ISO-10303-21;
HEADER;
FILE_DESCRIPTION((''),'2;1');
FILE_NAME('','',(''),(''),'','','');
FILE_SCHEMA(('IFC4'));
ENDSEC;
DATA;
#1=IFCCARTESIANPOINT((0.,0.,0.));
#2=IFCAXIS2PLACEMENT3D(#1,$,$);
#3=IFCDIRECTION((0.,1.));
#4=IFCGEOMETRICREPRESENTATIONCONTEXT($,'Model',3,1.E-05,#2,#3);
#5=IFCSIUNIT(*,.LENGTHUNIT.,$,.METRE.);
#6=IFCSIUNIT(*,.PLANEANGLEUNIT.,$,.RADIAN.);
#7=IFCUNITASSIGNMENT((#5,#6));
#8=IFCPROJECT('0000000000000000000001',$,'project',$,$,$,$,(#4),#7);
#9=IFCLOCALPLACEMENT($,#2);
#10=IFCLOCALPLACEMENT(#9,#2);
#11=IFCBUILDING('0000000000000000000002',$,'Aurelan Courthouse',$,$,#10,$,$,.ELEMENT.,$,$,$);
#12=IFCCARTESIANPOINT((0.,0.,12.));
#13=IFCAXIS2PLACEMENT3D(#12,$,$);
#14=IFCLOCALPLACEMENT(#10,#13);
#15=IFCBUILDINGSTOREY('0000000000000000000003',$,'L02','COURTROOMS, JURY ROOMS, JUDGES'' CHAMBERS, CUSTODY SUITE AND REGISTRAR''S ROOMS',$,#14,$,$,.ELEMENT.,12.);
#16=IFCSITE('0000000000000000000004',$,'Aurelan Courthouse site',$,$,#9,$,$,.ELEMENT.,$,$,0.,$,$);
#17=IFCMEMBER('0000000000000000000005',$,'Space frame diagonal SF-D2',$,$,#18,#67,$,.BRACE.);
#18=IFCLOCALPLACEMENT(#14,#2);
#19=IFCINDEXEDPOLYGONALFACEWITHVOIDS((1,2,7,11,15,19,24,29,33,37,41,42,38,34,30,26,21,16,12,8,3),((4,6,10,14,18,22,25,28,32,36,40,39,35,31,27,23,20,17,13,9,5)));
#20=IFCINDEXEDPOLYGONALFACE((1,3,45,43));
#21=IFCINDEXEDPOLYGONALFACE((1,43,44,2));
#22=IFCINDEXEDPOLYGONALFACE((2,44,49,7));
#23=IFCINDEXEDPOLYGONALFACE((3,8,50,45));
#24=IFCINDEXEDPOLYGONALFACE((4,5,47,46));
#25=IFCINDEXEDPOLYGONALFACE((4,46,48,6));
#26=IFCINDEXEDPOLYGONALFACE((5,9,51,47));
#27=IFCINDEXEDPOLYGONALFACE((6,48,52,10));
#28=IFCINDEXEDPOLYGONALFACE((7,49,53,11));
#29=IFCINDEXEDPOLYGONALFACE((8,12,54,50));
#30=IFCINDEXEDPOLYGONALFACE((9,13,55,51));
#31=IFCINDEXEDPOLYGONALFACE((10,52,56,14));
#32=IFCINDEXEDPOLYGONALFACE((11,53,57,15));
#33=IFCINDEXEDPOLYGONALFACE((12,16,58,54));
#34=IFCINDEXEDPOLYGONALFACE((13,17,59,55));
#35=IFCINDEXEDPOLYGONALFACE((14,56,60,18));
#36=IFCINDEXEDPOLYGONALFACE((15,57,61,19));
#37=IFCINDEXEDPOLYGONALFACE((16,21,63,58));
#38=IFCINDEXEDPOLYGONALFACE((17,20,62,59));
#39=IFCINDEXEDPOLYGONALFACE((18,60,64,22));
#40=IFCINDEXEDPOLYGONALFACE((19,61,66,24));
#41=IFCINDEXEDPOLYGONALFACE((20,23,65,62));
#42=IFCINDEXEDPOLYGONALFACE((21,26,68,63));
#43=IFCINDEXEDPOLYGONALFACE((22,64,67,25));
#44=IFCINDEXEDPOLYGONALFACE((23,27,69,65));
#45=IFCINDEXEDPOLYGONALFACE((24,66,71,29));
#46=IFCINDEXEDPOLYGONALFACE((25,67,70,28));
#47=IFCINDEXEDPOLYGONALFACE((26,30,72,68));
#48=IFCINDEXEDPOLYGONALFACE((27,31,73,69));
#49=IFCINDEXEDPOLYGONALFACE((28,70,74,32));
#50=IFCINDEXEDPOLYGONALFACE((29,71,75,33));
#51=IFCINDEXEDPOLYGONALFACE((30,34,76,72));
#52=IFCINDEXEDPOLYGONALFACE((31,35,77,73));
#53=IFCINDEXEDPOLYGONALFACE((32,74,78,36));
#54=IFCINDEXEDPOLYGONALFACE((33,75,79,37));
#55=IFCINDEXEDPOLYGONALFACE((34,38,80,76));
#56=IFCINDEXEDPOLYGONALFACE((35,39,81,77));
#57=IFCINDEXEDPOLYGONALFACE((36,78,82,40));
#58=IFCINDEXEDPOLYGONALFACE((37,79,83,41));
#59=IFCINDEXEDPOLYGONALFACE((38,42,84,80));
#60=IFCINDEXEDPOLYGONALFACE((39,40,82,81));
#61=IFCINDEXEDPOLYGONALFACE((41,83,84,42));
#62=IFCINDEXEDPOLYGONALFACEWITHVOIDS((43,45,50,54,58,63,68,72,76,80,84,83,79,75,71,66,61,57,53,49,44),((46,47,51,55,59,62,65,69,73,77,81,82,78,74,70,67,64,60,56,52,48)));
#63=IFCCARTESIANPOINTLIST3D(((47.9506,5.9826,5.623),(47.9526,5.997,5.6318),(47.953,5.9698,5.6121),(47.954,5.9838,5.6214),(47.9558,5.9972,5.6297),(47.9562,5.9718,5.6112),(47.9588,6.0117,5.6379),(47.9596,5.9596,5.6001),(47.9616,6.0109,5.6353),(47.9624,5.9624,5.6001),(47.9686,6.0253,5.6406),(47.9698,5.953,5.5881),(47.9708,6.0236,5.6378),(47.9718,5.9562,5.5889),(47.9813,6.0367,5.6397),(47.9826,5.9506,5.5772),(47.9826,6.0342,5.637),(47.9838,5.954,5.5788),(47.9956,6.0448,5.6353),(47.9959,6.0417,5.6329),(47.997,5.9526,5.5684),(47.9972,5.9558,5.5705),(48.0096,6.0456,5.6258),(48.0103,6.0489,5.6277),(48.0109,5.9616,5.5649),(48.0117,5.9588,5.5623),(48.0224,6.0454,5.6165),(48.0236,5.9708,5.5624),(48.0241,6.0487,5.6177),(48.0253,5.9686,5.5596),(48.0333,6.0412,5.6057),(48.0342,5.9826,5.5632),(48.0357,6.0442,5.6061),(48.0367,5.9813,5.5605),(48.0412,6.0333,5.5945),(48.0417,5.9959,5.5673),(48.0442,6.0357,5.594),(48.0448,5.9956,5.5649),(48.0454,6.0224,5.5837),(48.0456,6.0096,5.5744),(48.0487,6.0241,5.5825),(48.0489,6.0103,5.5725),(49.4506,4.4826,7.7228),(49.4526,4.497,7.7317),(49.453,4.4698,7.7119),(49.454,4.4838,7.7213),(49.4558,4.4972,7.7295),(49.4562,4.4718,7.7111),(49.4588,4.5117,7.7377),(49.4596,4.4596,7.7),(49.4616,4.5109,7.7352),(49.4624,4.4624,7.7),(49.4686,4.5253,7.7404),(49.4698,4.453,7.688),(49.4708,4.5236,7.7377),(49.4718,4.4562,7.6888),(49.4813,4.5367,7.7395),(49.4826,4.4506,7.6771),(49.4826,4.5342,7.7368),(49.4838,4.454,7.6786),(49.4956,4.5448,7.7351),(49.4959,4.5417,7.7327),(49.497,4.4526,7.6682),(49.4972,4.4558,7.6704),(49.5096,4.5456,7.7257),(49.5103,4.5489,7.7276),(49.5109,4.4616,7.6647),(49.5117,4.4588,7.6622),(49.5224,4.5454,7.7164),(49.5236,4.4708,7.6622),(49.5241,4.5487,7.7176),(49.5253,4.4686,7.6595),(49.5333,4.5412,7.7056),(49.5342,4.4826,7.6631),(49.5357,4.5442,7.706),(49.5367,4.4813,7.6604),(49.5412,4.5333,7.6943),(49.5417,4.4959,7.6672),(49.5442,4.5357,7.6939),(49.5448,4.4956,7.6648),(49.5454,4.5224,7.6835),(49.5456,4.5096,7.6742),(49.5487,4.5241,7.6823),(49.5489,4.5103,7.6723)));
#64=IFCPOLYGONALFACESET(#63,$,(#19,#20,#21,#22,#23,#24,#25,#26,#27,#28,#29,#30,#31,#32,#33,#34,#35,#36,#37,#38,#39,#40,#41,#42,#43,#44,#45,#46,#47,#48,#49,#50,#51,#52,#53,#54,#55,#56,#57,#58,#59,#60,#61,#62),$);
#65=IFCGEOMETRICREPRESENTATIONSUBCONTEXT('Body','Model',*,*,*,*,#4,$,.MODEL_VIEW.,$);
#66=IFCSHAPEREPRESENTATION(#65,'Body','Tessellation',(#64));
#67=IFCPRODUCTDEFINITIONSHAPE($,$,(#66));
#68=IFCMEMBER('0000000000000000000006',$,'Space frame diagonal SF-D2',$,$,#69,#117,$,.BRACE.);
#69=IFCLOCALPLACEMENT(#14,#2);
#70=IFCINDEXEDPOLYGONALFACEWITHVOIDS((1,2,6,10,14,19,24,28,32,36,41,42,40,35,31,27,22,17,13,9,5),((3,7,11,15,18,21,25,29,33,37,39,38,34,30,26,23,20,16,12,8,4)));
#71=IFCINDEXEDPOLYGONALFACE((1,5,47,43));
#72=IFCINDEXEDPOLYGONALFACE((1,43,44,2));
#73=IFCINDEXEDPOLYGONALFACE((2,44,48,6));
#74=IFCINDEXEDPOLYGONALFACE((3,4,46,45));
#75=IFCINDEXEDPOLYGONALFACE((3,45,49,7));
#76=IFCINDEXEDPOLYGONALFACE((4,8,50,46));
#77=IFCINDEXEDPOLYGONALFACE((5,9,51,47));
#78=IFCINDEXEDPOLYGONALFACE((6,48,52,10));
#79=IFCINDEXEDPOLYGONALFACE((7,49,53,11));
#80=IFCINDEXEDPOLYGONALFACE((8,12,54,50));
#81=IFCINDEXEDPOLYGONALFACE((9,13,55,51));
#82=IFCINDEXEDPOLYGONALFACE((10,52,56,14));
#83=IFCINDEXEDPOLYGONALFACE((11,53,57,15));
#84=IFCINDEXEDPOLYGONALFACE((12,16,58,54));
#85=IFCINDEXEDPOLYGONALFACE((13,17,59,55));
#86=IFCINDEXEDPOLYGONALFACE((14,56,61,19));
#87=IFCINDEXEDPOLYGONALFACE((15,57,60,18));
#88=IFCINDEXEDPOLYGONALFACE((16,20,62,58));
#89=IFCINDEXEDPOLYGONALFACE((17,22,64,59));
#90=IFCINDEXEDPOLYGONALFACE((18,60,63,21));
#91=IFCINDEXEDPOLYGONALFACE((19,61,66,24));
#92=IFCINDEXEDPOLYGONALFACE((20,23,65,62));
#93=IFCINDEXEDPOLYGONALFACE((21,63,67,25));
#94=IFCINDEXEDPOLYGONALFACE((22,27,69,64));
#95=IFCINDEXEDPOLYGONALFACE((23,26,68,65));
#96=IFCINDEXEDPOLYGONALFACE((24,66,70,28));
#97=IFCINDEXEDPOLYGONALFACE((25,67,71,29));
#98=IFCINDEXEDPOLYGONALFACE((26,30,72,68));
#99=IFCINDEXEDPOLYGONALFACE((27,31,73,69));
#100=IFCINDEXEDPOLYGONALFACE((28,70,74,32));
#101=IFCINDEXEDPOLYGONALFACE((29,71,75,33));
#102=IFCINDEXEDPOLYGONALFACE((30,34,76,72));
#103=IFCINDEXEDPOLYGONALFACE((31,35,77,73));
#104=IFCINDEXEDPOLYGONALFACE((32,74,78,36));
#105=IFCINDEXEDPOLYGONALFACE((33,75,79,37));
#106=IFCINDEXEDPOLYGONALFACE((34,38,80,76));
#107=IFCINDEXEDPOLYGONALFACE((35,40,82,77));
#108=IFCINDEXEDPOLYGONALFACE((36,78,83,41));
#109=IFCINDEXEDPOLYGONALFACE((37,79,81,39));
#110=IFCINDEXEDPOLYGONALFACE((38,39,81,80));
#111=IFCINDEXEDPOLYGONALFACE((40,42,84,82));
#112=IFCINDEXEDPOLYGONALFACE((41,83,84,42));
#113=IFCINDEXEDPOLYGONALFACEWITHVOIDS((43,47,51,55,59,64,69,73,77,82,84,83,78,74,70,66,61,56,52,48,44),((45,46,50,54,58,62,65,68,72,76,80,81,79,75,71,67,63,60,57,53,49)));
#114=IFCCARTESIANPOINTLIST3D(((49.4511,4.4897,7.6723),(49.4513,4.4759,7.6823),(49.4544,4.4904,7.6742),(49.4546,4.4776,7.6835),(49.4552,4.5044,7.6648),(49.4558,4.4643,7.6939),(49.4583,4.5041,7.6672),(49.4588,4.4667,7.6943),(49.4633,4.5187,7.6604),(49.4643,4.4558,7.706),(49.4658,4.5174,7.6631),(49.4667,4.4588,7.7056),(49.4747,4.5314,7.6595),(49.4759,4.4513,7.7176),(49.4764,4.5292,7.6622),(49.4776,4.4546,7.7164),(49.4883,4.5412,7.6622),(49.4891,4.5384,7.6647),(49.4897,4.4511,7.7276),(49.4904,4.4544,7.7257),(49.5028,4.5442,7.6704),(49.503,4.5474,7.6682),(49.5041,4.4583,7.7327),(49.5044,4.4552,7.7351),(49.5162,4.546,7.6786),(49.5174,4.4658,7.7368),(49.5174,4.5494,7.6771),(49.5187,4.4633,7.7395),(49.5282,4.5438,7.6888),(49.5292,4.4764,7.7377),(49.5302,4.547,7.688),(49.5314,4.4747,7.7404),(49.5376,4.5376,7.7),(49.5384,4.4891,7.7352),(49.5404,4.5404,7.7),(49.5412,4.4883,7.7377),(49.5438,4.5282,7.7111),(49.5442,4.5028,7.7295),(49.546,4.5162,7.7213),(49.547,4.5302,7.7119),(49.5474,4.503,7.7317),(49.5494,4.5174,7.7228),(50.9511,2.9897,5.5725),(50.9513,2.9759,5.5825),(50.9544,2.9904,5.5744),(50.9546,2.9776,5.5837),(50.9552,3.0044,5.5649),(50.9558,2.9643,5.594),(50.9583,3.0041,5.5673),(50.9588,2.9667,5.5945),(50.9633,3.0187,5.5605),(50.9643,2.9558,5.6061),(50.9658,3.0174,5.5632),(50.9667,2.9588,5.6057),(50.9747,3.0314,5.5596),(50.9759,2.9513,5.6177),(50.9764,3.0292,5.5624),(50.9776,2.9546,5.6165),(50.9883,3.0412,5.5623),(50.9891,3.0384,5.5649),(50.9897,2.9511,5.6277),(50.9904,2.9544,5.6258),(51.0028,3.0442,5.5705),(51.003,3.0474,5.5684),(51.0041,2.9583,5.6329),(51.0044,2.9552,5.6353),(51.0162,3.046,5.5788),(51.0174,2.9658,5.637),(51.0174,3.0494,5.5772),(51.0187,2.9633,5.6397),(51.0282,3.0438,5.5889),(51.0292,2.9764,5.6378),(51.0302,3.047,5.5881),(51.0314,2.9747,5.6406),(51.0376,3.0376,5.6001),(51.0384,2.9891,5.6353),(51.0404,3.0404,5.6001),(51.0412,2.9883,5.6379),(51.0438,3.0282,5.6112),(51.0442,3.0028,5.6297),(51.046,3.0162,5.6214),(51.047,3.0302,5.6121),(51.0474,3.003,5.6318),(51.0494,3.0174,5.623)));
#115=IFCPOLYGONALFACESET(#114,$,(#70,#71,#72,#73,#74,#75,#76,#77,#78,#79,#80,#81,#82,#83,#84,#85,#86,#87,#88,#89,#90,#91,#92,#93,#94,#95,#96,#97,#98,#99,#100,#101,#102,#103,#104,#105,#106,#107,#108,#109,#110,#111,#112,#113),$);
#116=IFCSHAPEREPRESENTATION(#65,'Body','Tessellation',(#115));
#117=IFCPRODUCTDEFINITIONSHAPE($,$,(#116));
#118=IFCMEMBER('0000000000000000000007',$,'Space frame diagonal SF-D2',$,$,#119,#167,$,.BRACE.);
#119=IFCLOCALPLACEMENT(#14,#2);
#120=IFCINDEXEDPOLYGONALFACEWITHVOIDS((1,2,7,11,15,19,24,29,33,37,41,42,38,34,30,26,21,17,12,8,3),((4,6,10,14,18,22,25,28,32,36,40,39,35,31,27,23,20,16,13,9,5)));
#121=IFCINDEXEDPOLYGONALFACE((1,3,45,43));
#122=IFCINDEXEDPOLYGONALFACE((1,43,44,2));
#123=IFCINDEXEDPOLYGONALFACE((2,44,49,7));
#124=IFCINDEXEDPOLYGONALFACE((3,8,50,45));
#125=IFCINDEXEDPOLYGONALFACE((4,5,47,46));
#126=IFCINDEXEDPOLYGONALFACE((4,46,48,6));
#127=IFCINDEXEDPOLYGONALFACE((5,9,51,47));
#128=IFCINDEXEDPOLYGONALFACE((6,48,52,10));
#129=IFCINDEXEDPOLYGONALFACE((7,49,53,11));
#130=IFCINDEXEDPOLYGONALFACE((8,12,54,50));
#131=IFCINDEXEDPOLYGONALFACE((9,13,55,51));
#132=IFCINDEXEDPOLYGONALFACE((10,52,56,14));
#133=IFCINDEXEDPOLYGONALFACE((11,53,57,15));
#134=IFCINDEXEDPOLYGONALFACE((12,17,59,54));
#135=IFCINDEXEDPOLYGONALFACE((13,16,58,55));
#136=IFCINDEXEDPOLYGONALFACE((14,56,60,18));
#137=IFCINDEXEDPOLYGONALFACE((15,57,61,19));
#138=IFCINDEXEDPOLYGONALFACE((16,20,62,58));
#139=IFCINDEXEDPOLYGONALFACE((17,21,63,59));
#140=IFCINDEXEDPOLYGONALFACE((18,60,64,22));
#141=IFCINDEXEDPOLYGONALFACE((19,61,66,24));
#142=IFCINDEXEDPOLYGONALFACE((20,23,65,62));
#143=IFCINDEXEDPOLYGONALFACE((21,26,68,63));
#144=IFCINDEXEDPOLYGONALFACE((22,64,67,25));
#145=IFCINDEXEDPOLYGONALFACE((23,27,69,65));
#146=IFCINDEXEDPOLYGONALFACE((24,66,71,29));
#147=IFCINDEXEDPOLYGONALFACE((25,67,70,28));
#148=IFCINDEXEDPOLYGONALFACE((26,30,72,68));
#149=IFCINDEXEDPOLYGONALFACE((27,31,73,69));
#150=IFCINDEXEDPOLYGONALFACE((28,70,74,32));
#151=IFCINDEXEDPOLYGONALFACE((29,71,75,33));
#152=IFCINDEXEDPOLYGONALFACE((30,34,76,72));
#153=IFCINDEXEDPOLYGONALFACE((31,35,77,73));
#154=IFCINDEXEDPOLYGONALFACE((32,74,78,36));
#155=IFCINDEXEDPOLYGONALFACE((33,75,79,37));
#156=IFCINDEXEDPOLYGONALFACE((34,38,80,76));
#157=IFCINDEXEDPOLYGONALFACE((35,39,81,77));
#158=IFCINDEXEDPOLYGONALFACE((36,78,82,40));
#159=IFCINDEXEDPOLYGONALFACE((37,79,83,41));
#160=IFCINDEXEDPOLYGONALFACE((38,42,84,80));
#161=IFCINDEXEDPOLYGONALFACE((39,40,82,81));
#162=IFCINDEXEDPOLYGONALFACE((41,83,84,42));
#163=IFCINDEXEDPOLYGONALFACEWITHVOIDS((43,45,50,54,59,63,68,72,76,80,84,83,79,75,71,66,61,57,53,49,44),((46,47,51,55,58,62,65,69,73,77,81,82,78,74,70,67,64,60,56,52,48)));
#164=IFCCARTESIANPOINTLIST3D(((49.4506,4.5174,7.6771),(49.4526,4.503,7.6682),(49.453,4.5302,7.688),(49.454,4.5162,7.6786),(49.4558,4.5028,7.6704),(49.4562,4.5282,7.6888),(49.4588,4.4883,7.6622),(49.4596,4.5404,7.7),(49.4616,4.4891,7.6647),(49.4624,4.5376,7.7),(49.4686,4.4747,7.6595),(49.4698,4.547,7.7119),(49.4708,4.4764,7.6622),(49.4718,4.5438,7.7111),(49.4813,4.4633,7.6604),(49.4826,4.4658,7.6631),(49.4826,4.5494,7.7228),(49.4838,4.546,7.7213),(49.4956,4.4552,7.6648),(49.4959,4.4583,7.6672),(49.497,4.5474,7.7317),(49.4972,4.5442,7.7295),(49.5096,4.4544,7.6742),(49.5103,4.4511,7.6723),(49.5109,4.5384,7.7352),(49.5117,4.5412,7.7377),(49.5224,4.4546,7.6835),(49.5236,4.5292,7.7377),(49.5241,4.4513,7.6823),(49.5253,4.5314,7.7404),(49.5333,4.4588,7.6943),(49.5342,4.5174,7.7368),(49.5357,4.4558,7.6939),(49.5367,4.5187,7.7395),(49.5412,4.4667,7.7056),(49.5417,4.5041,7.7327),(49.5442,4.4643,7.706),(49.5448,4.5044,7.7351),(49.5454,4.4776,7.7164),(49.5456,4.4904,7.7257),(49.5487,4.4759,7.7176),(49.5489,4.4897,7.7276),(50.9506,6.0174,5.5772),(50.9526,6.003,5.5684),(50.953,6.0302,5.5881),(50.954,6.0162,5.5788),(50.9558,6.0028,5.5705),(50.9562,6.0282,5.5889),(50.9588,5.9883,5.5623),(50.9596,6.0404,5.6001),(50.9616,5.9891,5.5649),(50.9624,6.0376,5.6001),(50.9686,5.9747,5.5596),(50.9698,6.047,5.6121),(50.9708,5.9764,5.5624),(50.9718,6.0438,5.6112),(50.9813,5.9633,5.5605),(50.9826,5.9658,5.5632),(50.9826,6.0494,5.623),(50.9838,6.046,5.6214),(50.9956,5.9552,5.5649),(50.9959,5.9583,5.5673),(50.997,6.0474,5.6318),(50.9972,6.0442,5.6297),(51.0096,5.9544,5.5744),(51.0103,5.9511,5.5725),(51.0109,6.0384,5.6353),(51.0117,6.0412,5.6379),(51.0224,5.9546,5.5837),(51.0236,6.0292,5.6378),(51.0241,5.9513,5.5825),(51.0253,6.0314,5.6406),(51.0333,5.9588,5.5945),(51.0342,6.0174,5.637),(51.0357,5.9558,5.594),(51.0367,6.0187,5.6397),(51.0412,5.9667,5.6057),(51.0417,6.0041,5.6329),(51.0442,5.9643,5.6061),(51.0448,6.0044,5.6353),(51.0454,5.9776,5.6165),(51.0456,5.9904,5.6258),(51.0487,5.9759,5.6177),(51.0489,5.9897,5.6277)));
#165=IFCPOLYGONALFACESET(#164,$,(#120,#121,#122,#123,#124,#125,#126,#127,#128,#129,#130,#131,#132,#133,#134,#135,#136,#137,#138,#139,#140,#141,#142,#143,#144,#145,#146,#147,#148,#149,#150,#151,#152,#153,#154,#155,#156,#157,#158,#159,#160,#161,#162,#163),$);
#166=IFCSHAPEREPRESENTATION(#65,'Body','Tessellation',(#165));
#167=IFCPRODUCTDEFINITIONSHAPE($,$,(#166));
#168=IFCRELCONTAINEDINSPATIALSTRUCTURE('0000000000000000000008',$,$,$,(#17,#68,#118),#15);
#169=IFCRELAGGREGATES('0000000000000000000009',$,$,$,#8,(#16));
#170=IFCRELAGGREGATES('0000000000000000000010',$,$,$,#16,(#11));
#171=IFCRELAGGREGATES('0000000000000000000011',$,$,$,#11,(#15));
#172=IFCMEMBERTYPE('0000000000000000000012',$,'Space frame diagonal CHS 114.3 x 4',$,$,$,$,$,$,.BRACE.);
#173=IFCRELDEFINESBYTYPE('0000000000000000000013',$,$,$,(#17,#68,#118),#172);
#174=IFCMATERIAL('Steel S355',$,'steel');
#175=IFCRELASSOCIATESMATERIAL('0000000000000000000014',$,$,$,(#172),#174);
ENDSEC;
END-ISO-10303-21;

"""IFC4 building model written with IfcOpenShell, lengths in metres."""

from ifc_helpers import new_model, si_unit, direction, frame, origin, origin_2d, place, context, subcontext, project, spatial, hollow_circle, extrude, material, material_profile, profile_set, type_object, element, save


model = new_model("IFC4")

# Units and contexts
model_context = context("Model", 3, precision=1e-05, world=origin(), true_north=direction((0.0, 1.0)))
body_context = subcontext(model_context, "Body", "Model", "MODEL_VIEW")
ifc_project = project(units=[si_unit("LENGTHUNIT", "METRE"), si_unit("PLANEANGLEUNIT", "RADIAN")], contexts=[model_context])

# Site, building, storey
site_placement = place(None, origin())
site = spatial("IfcSite", under=ifc_project, at=site_placement, Name="Aurelan Courthouse site", CompositionType="ELEMENT", RefElevation=0.0)
building_placement = place(site_placement, origin())
building = spatial("IfcBuilding", under=site, at=building_placement, Name="Aurelan Courthouse", CompositionType="ELEMENT")
storey_placement = place(building_placement, frame((0.0, 0.0, 12.0)))
storey = spatial("IfcBuildingStorey", under=building, at=storey_placement, Name="L02", Description="COURTROOMS, JURY ROOMS, JUDGES' CHAMBERS, CUSTODY SUITE AND REGISTRAR'S ROOMS", CompositionType="ELEMENT", Elevation=12.0)

# Members
ifc_material_1 = material(Name="Steel S355", Category="steel")
ifc_material_profile_1 = material_profile(ifc_material_1, hollow_circle(Radius=0.0571, WallThickness=0.0039, at=origin_2d()), Name="CHS 114.3 x 4")
ifc_profile_set_1 = profile_set([ifc_material_profile_1], Name="Steel S355")
member_type_1 = type_object("IfcMemberType", Name="Space frame diagonal CHS 114.3 x 4", PredefinedType="BRACE", material=ifc_profile_set_1)
for number, where, z_axis, x_axis, name in (
    (1, (49.5, 4.5, 7.7), (-0.502536, 0.502536, -0.703502), (-0.707107, -0.707107, 0.0), "Space frame diagonal SF-D2"),
    (2, (49.5, 4.5, 7.7), (0.502536, -0.502536, -0.703502), (0.707107, 0.707107, 0.0), "Space frame diagonal SF-D2"),
    (3, (49.5, 4.5, 7.7), (0.502536, 0.502536, -0.703502), (-0.707107, 0.707107, 0.0), "Space frame diagonal SF-D2"),
):
    element("IfcMember", number, at=place(storey_placement, frame(where, z_axis=z_axis, x_axis=x_axis)), inside=storey, type_object=member_type_1, Name=name, PredefinedType="BRACE", context=body_context, shape_type="SweptSolid", body=[
        extrude(hollow_circle(Radius=0.0571, WallThickness=0.0039, at=origin_2d()), origin(), (0.0, 0.0, 1.0), 2.9849),
    ])

save(model, "model.ifc")
